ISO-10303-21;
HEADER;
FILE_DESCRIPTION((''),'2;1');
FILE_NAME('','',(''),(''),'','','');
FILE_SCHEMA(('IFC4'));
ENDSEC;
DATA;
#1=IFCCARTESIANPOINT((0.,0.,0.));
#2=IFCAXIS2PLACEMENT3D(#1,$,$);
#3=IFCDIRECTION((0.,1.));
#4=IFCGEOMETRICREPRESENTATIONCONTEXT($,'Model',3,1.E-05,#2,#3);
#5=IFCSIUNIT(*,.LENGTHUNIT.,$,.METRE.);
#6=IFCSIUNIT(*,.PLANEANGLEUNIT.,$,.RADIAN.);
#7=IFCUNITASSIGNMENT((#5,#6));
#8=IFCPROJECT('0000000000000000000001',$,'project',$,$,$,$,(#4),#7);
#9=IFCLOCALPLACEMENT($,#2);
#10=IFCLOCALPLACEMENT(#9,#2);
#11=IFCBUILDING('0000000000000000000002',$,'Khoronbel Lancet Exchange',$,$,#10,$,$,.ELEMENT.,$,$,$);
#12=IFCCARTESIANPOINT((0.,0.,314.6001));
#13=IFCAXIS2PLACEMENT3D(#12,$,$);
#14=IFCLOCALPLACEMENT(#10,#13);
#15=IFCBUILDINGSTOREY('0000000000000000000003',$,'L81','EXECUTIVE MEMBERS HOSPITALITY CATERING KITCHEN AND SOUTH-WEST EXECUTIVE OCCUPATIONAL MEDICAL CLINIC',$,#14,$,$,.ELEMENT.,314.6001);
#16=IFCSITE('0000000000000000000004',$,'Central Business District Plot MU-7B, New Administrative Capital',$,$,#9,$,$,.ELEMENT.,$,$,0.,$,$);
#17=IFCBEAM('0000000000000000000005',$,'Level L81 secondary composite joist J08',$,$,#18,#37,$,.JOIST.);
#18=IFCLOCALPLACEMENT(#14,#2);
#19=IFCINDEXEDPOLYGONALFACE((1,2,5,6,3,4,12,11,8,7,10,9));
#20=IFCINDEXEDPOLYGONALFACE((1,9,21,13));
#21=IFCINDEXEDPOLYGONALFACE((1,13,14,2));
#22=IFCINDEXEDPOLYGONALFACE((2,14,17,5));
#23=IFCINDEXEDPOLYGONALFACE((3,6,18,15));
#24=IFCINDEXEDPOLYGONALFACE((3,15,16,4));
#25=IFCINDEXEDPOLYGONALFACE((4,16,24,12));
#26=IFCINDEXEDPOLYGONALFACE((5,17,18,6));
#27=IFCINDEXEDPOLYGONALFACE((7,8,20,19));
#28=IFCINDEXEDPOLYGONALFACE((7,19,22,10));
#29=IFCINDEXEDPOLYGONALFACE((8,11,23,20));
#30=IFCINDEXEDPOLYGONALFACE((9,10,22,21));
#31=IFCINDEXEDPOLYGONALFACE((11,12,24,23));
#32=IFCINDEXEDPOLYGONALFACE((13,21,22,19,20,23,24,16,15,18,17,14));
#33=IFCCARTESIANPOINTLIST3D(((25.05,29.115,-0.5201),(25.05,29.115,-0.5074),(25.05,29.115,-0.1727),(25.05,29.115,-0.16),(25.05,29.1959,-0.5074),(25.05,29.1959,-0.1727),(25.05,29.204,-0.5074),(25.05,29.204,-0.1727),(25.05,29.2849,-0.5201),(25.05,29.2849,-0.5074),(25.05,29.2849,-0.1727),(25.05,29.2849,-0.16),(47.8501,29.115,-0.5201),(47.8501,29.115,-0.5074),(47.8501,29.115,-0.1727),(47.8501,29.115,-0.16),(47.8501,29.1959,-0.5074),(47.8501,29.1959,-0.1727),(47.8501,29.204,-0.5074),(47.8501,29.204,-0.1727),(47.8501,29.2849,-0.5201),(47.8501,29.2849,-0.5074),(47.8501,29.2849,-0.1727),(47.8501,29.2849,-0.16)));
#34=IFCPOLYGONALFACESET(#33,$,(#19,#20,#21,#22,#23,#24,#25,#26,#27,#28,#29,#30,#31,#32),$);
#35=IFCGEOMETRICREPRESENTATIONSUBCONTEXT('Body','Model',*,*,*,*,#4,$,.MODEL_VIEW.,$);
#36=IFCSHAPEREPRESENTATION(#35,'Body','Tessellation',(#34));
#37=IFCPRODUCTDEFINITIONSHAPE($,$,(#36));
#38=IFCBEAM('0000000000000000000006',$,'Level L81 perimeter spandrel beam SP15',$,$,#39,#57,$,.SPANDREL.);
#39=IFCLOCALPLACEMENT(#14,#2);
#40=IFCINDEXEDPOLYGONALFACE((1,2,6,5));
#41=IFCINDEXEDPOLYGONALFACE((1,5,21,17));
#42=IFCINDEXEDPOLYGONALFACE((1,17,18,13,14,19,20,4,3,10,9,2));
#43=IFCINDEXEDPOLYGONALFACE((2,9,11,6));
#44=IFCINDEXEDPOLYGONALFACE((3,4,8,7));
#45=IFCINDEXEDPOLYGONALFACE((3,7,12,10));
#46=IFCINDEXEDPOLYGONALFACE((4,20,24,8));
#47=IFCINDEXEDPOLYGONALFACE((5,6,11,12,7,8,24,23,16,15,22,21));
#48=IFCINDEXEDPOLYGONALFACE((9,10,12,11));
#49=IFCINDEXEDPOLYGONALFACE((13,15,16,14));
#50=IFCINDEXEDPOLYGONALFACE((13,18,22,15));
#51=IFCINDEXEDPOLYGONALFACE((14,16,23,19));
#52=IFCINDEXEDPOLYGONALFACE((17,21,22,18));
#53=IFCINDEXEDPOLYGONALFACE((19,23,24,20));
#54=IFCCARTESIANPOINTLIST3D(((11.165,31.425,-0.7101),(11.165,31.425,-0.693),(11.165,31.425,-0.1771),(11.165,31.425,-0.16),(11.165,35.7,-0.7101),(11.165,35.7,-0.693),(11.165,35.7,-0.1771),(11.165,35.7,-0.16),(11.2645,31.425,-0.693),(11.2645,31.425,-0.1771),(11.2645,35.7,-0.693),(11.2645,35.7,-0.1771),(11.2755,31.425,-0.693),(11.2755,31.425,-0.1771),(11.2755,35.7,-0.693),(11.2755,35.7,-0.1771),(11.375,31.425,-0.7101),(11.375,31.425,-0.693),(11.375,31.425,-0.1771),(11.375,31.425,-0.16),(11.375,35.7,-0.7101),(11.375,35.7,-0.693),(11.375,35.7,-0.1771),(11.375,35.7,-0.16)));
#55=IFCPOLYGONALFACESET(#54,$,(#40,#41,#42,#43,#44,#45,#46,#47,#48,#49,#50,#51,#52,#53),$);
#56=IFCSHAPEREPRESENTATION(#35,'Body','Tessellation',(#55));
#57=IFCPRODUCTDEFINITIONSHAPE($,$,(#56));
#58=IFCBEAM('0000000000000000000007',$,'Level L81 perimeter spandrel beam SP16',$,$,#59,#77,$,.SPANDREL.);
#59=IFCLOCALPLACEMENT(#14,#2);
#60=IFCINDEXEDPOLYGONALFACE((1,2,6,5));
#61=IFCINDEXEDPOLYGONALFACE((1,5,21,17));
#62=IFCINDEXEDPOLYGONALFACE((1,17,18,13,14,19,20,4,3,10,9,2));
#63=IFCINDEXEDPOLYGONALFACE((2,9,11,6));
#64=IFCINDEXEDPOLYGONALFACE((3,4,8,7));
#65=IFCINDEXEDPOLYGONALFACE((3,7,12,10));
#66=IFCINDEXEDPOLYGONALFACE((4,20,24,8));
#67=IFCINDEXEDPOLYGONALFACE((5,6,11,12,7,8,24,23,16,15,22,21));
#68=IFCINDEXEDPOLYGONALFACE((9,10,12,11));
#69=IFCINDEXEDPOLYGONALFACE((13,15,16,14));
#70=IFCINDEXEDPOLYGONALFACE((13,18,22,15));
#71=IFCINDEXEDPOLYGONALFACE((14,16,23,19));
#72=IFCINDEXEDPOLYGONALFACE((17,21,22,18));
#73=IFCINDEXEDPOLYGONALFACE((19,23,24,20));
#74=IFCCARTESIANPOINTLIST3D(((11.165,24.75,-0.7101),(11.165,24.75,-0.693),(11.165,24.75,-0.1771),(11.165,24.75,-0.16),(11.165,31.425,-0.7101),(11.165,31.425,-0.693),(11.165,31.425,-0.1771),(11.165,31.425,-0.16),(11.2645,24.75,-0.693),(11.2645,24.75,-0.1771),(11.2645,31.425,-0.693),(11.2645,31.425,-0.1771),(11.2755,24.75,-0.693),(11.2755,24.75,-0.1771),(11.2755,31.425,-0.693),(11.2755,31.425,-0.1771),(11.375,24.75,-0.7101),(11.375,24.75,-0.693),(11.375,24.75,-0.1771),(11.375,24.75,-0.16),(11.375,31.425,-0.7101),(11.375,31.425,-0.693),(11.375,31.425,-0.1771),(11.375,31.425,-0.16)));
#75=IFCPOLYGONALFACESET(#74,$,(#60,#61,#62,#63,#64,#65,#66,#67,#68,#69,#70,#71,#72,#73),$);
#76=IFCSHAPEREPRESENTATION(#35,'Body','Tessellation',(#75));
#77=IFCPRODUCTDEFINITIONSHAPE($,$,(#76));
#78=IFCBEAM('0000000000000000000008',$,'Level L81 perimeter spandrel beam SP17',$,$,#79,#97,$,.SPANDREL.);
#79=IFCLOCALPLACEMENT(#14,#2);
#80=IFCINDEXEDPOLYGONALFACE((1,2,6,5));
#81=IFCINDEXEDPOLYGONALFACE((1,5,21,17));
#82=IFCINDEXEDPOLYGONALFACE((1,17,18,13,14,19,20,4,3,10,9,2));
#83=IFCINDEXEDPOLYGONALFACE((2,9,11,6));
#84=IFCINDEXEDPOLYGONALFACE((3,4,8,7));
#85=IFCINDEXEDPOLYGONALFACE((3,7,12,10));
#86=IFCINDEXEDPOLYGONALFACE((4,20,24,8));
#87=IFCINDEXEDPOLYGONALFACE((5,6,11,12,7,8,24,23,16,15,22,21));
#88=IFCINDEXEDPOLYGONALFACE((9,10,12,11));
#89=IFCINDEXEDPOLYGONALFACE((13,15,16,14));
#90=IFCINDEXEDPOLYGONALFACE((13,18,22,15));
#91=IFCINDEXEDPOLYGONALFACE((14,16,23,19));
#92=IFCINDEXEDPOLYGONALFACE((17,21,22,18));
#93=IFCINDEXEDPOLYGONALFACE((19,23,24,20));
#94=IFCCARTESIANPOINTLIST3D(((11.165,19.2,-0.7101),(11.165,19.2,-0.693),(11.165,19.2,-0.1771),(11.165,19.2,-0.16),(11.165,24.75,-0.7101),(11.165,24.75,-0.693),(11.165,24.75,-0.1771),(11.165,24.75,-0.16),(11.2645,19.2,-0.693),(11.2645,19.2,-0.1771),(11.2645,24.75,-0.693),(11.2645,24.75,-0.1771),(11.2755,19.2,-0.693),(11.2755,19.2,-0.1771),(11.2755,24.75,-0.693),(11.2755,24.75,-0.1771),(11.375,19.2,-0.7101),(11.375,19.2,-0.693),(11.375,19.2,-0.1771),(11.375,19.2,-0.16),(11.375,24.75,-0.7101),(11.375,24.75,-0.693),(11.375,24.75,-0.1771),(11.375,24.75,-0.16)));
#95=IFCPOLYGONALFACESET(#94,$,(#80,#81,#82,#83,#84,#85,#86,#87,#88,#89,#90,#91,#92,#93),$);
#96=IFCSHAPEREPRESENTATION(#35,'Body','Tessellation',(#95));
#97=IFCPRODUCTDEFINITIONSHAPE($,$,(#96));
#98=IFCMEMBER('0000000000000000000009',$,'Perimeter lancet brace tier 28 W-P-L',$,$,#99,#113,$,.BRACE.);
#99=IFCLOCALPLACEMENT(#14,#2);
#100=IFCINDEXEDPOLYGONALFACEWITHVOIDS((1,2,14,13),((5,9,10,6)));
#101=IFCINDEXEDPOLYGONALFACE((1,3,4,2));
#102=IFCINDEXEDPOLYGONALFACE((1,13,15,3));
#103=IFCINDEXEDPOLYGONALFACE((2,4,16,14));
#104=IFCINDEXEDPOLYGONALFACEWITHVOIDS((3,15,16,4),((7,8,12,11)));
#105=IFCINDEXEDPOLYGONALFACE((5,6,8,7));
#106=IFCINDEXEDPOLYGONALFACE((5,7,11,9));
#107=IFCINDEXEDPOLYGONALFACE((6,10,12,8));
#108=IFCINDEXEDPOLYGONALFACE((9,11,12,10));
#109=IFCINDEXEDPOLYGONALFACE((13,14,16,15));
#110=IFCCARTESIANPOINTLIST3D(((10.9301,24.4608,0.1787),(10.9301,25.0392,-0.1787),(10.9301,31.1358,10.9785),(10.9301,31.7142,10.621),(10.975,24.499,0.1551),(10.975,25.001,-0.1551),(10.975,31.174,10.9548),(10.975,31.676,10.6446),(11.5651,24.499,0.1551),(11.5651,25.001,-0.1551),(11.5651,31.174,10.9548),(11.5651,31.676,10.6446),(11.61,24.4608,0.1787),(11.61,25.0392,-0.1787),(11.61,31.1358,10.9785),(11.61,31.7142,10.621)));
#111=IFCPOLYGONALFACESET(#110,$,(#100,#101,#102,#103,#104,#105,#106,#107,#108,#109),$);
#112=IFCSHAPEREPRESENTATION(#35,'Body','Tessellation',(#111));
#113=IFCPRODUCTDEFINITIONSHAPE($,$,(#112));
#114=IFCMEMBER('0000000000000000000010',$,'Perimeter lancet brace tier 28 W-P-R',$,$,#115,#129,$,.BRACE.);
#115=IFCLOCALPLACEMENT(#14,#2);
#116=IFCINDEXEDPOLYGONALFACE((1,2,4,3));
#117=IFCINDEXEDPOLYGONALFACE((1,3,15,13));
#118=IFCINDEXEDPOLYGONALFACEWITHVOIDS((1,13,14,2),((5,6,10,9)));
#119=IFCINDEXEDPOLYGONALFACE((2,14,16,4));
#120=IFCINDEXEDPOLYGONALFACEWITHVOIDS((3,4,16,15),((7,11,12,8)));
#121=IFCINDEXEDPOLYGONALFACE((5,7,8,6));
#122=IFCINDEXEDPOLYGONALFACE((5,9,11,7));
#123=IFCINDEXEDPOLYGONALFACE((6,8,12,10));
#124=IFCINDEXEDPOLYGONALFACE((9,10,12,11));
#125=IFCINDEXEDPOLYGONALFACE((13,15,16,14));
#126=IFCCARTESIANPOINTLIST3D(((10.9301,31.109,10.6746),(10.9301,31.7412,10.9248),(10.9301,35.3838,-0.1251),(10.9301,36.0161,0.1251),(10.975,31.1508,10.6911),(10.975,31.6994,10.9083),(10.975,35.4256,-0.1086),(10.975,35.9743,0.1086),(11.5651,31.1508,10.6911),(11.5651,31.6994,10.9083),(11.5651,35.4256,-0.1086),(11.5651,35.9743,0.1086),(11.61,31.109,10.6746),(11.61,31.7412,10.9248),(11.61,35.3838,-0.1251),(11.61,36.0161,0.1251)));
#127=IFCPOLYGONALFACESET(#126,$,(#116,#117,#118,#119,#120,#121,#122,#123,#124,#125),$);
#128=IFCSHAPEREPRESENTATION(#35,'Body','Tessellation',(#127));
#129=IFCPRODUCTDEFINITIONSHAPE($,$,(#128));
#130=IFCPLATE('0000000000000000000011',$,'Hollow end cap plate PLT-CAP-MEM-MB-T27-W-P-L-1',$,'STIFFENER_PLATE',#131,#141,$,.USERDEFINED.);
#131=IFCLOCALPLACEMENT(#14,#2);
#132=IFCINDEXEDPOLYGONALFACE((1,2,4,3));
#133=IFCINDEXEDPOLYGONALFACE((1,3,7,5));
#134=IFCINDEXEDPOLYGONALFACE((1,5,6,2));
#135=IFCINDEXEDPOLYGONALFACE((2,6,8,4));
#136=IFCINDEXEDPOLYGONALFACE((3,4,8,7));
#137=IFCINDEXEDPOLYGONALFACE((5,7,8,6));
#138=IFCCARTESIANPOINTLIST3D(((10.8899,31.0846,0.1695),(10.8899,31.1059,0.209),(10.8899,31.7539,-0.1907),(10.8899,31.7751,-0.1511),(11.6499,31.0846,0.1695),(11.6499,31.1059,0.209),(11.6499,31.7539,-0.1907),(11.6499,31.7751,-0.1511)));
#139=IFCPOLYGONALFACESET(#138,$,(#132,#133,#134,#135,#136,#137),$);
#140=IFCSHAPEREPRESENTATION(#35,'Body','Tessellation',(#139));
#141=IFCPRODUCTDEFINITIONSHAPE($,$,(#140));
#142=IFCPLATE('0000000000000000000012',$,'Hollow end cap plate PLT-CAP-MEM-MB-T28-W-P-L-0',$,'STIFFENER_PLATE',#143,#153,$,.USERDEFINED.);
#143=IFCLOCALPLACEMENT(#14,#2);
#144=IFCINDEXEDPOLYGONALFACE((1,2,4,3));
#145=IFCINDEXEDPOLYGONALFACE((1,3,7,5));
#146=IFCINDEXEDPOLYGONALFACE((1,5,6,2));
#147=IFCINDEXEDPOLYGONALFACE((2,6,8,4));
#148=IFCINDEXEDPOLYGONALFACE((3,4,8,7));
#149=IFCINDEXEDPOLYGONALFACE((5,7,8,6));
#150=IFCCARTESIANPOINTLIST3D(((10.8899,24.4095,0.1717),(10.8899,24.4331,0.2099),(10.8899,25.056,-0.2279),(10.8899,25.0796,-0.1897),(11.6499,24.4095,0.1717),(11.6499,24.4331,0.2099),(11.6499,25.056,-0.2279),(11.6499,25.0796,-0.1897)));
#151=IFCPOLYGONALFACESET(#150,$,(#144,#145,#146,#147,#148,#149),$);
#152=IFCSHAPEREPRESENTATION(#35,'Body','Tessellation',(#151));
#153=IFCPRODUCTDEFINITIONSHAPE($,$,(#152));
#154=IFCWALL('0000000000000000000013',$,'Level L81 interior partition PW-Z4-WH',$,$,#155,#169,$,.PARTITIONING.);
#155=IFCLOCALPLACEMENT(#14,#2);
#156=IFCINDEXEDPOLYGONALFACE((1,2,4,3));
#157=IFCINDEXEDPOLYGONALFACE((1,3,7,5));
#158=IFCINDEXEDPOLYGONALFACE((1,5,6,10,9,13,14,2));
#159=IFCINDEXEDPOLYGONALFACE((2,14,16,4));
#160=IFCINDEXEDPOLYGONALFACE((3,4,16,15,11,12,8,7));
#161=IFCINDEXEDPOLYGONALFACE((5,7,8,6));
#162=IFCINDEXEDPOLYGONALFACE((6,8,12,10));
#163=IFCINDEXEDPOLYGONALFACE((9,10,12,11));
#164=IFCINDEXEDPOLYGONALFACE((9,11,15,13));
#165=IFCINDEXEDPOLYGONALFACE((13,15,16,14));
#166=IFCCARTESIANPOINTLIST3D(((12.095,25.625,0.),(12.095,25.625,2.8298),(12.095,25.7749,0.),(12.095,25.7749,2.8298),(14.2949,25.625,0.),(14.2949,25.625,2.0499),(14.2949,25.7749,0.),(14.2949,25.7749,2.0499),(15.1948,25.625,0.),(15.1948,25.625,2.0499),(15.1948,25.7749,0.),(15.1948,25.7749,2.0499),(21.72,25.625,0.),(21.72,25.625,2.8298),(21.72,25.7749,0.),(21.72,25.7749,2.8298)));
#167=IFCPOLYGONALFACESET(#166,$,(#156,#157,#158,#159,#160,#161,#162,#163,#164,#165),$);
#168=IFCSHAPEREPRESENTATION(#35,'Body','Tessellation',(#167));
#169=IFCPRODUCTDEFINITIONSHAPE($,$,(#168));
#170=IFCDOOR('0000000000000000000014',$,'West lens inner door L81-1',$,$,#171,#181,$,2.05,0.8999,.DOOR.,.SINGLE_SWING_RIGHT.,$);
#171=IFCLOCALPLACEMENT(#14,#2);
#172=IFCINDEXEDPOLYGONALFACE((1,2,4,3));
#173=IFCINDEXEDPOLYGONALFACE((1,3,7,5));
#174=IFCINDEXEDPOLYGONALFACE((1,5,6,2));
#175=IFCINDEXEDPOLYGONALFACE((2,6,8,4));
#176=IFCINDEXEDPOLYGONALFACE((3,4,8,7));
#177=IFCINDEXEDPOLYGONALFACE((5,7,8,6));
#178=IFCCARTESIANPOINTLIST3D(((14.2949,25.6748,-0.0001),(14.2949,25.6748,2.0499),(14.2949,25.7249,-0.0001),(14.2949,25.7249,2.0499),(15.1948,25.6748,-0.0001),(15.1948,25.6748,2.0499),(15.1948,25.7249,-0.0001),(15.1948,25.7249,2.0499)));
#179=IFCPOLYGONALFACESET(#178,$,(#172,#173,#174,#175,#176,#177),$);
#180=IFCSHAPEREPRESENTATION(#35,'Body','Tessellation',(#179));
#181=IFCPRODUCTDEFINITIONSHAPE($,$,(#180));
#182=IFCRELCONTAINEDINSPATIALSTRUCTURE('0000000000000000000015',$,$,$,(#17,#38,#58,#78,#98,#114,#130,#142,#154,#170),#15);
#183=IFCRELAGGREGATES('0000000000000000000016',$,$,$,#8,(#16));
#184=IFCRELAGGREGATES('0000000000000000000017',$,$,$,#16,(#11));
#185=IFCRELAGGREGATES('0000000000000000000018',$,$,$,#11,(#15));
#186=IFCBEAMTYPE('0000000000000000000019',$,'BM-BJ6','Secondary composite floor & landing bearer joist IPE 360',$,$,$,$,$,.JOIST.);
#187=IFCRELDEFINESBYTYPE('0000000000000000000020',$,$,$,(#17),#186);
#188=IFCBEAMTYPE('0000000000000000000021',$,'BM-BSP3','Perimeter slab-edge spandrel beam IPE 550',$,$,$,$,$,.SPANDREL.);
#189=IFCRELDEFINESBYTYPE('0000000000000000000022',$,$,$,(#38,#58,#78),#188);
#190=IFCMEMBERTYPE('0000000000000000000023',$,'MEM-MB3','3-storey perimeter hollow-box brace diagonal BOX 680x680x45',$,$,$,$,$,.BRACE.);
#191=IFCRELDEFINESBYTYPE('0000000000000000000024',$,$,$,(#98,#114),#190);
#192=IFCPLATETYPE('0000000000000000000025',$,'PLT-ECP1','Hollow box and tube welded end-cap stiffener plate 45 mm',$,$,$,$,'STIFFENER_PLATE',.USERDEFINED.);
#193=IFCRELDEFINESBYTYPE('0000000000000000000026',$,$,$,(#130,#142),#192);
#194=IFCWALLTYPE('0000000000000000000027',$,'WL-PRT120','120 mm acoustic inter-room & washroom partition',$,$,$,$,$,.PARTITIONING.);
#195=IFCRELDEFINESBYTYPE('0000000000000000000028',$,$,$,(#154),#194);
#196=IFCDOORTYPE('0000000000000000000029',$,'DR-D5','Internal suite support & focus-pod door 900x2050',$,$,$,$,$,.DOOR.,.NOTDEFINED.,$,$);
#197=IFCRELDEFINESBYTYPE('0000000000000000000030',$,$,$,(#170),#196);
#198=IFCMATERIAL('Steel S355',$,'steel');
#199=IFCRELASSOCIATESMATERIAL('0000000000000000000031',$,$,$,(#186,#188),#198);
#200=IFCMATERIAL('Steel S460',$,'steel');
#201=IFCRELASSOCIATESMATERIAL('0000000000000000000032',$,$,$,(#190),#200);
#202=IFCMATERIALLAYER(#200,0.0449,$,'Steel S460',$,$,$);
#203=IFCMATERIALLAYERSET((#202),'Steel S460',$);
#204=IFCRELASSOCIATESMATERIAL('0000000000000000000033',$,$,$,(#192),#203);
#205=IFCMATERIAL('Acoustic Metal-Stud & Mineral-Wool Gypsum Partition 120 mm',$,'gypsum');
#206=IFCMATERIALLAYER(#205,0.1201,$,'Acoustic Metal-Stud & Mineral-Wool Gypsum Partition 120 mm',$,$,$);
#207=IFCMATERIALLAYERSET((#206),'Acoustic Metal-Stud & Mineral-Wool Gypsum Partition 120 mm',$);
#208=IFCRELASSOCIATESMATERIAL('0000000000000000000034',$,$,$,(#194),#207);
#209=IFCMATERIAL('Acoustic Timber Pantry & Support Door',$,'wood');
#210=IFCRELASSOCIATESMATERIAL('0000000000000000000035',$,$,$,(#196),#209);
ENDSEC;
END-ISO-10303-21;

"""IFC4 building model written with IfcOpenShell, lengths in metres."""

from ifc_helpers import new_model, si_unit, direction, frame, frame_2d, origin, origin_2d, place, context, subcontext, project, spatial, polyline, rectangle, hollow_rectangle, i_section, outline, extrude, material, layer, layer_set, material_profile, profile_set, type_object, element, fill, save


model = new_model("IFC4")

# Units and contexts
model_context = context("Model", 3, precision=1e-05, world=origin(), true_north=direction((0.0, 1.0)))
body_context = subcontext(model_context, "Body", "Model", "MODEL_VIEW")
ifc_project = project(units=[si_unit("LENGTHUNIT", "METRE"), si_unit("PLANEANGLEUNIT", "RADIAN")], contexts=[model_context])

# Site, building, storey
site_placement = place(None, origin())
site = spatial("IfcSite", under=ifc_project, at=site_placement, Name="Central Business District Plot MU-7B, New Administrative Capital", CompositionType="ELEMENT", RefElevation=0.0)
building_placement = place(site_placement, origin())
building = spatial("IfcBuilding", under=site, at=building_placement, Name="Khoronbel Lancet Exchange", CompositionType="ELEMENT")
storey_placement = place(building_placement, frame((0.0, 0.0, 314.6001)))
storey = spatial("IfcBuildingStorey", under=building, at=storey_placement, Name="L81", Description="EXECUTIVE MEMBERS HOSPITALITY CATERING KITCHEN AND SOUTH-WEST EXECUTIVE OCCUPATIONAL MEDICAL CLINIC", CompositionType="ELEMENT", Elevation=314.6001)

# Shared definitions
ifc_material_1 = material(Name="Steel S355", Category="steel")

# Beams
ifc_material_profile_1 = material_profile(ifc_material_1, i_section(OverallWidth=0.1699, OverallDepth=0.3601, WebThickness=0.0081, FlangeThickness=0.0127, at=origin_2d()), Name="IPE 360")
ifc_profile_set_1 = profile_set([ifc_material_profile_1], Name="Steel S355")
beam_type_1 = type_object("IfcBeamType", Name="BM-BJ6", Description="Secondary composite floor & landing bearer joist IPE 360", PredefinedType="JOIST", material=ifc_profile_set_1)
beam_1_placement = place(storey_placement, frame((25.05, 29.2, -0.3401), z_axis=(1.0, 0.0, 0.0), x_axis=(0.0, 1.0, 0.0)))
element("IfcBeam", 1, at=beam_1_placement, inside=storey, type_object=beam_type_1, Name="Level L81 secondary composite joist J08", PredefinedType="JOIST", context=body_context, shape_type="SweptSolid", body=[
    extrude(i_section(OverallWidth=0.1699, OverallDepth=0.3601, WebThickness=0.0081, FlangeThickness=0.0127, at=origin_2d()), origin(), (0.0, 0.0, 1.0), 22.8),
])
ifc_material_profile_2 = material_profile(ifc_material_1, i_section(OverallWidth=0.21, OverallDepth=0.55, WebThickness=0.011, FlangeThickness=0.0171, at=origin_2d()), Name="IPE 550")
ifc_profile_set_2 = profile_set([ifc_material_profile_2], Name="Steel S355")
beam_type_2 = type_object("IfcBeamType", Name="BM-BSP3", Description="Perimeter slab-edge spandrel beam IPE 550", PredefinedType="SPANDREL", material=ifc_profile_set_2)
beam_2_placement = place(storey_placement, frame((11.27, 35.7, -0.4351), z_axis=(0.0, -1.0, 0.0), x_axis=(1.0, 0.0, 0.0)))
element("IfcBeam", 2, at=beam_2_placement, inside=storey, type_object=beam_type_2, Name="Level L81 perimeter spandrel beam SP15", PredefinedType="SPANDREL", context=body_context, shape_type="SweptSolid", body=[
    extrude(i_section(OverallWidth=0.21, OverallDepth=0.55, WebThickness=0.011, FlangeThickness=0.0171, at=origin_2d()), origin(), (0.0, 0.0, 1.0), 4.2749),
])
beam_3_placement = place(storey_placement, frame((11.27, 31.425, -0.4351), z_axis=(0.0, -1.0, 0.0), x_axis=(1.0, 0.0, 0.0)))
element("IfcBeam", 3, at=beam_3_placement, inside=storey, type_object=beam_type_2, Name="Level L81 perimeter spandrel beam SP16", PredefinedType="SPANDREL", context=body_context, shape_type="SweptSolid", body=[
    extrude(i_section(OverallWidth=0.21, OverallDepth=0.55, WebThickness=0.011, FlangeThickness=0.0171, at=origin_2d()), origin(), (0.0, 0.0, 1.0), 6.675),
])
beam_4_placement = place(storey_placement, frame((11.27, 24.75, -0.4351), z_axis=(0.0, -1.0, 0.0), x_axis=(1.0, 0.0, 0.0)))
element("IfcBeam", 4, at=beam_4_placement, inside=storey, type_object=beam_type_2, Name="Level L81 perimeter spandrel beam SP17", PredefinedType="SPANDREL", context=body_context, shape_type="SweptSolid", body=[
    extrude(i_section(OverallWidth=0.21, OverallDepth=0.55, WebThickness=0.011, FlangeThickness=0.0171, at=origin_2d()), origin(), (0.0, 0.0, 1.0), 5.55),
])

# Members
ifc_material_2 = material(Name="Steel S460", Category="steel")
ifc_material_profile_3 = material_profile(ifc_material_2, hollow_rectangle(XDim=0.6799, YDim=0.6799, WallThickness=0.0449, at=origin_2d()), Name="BOX 680x680x45")
ifc_profile_set_3 = profile_set([ifc_material_profile_3], Name="Steel S460")
member_type = type_object("IfcMemberType", Name="MEM-MB3", Description="3-storey perimeter hollow-box brace diagonal BOX 680x680x45", PredefinedType="BRACE", material=ifc_profile_set_3)
member_1_placement = place(storey_placement, frame((11.27, 24.75, 0.0), z_axis=(0.0, 0.525754, 0.850637), x_axis=(-1.0, 0.0, 0.0)))
element("IfcMember", 5, at=member_1_placement, inside=storey, type_object=member_type, Name="Perimeter lancet brace tier 28 W-P-L", PredefinedType="BRACE", context=body_context, shape_type="SweptSolid", body=[
    extrude(hollow_rectangle(XDim=0.6799, YDim=0.6799, WallThickness=0.0449, at=origin_2d()), origin(), (0.0, 0.0, 1.0), 12.696),
])
member_2_placement = place(storey_placement, frame((11.27, 35.7, 0.0), z_axis=(0.0, -0.368047, 0.929807), x_axis=(1.0, 0.0, 0.0)))
element("IfcMember", 6, at=member_2_placement, inside=storey, type_object=member_type, Name="Perimeter lancet brace tier 28 W-P-R", PredefinedType="BRACE", context=body_context, shape_type="SweptSolid", body=[
    extrude(hollow_rectangle(XDim=0.6799, YDim=0.6799, WallThickness=0.0449, at=origin_2d()), origin(), (0.0, 0.0, 1.0), 11.615),
])

# Plates
ifc_layer_1 = layer(ifc_material_2, 0.0449, Name="Steel S460")
ifc_layer_set_1 = layer_set([ifc_layer_1], Name="Steel S460")
plate_type = type_object("IfcPlateType", Name="PLT-ECP1", Description="Hollow box and tube welded end-cap stiffener plate 45 mm", ElementType="STIFFENER_PLATE", PredefinedType="USERDEFINED", material=ifc_layer_set_1)
for number, where, z_axis, x_axis, name in (
    (7, (11.6499, 31.7751, -0.1511), (0.0, 0.47387, 0.880595), (-1.0, 0.0, 0.0), "Hollow end cap plate PLT-CAP-MEM-MB-T27-W-P-L-1"),
    (8, (11.6499, 25.0796, -0.1897), (0.0, 0.525835, 0.850587), (-1.0, 0.0, 0.0), "Hollow end cap plate PLT-CAP-MEM-MB-T28-W-P-L-0"),
):
    element("IfcPlate", number, at=place(storey_placement, frame(where, z_axis=z_axis, x_axis=x_axis)), inside=storey, type_object=plate_type, Name=name, ObjectType="STIFFENER_PLATE", PredefinedType="USERDEFINED", context=body_context, shape_type="SweptSolid", body=[
        extrude(outline(polyline([(0.0, 0.0), (0.76, 0.0), (0.76, 0.76), (0.0, 0.76), (0.0, 0.0)])), origin(), (0.0, 0.0, -1.0), 0.0449),
    ])

# Wall, opening, door
ifc_material_3 = material(Name="Acoustic Metal-Stud & Mineral-Wool Gypsum Partition 120 mm", Category="gypsum")
ifc_layer_2 = layer(ifc_material_3, 0.1201, Name="Acoustic Metal-Stud & Mineral-Wool Gypsum Partition 120 mm")
ifc_layer_set_2 = layer_set([ifc_layer_2], Name="Acoustic Metal-Stud & Mineral-Wool Gypsum Partition 120 mm")
wall_type_1 = type_object("IfcWallType", Name="WL-PRT120", Description="120 mm acoustic inter-room & washroom partition", PredefinedType="PARTITIONING", material=ifc_layer_set_2)
wall_1_placement = place(storey_placement, frame((12.095, 25.7, 0.0), z_axis=(0.0, 0.0, 1.0), x_axis=(1.0, 0.0, 0.0)))
wall_1 = element("IfcWall", 9, at=wall_1_placement, inside=storey, type_object=wall_type_1, Name="Level L81 interior partition PW-Z4-WH", PredefinedType="PARTITIONING", context=body_context, shape_type="SweptSolid", body=[
    extrude(rectangle(XDim=9.625, YDim=0.1499, at=frame_2d((4.8125, 0.0))), origin(), (0.0, 0.0, 1.0), 2.8298),
])
opening_1_placement = place(wall_1_placement, frame((2.2, 0.0, 0.0)))
opening_1 = element("IfcOpeningElement", 10, at=opening_1_placement, cuts=wall_1, PredefinedType="OPENING", context=body_context, shape_type="SweptSolid", body=[
    extrude(rectangle(XDim=0.8999, YDim=2.05, at=frame_2d((0.45, 1.0249))), frame((0.0, 0.085, 0.0), z_axis=(0.0, -1.0, 0.0), x_axis=(1.0, 0.0, 0.0)), (0.0, 0.0, 1.0), 0.1699),
])
ifc_material_4 = material(Name="Acoustic Timber Pantry & Support Door", Category="wood")
door_type_1 = type_object("IfcDoorType", Name="DR-D5", Description="Internal suite support & focus-pod door 900x2050", OperationType="NOTDEFINED", PredefinedType="DOOR", material=ifc_material_4)
door_1_placement = place(opening_1_placement, origin())
door_1 = element("IfcDoor", 11, at=door_1_placement, inside=storey, type_object=door_type_1, Name="West lens inner door L81-1", OperationType="SINGLE_SWING_RIGHT", OverallHeight=2.05, OverallWidth=0.8999, PredefinedType="DOOR", context=body_context, shape_type="SweptSolid", body=[
    extrude(rectangle(XDim=0.8999, YDim=2.05, at=frame_2d((0.45, 1.0249))), frame((0.0, 0.0249, 0.0), z_axis=(0.0, -1.0, 0.0), x_axis=(1.0, 0.0, 0.0)), (0.0, 0.0, 1.0), 0.05),
])
fill(opening_1, door_1)

save(model, "model.ifc")
